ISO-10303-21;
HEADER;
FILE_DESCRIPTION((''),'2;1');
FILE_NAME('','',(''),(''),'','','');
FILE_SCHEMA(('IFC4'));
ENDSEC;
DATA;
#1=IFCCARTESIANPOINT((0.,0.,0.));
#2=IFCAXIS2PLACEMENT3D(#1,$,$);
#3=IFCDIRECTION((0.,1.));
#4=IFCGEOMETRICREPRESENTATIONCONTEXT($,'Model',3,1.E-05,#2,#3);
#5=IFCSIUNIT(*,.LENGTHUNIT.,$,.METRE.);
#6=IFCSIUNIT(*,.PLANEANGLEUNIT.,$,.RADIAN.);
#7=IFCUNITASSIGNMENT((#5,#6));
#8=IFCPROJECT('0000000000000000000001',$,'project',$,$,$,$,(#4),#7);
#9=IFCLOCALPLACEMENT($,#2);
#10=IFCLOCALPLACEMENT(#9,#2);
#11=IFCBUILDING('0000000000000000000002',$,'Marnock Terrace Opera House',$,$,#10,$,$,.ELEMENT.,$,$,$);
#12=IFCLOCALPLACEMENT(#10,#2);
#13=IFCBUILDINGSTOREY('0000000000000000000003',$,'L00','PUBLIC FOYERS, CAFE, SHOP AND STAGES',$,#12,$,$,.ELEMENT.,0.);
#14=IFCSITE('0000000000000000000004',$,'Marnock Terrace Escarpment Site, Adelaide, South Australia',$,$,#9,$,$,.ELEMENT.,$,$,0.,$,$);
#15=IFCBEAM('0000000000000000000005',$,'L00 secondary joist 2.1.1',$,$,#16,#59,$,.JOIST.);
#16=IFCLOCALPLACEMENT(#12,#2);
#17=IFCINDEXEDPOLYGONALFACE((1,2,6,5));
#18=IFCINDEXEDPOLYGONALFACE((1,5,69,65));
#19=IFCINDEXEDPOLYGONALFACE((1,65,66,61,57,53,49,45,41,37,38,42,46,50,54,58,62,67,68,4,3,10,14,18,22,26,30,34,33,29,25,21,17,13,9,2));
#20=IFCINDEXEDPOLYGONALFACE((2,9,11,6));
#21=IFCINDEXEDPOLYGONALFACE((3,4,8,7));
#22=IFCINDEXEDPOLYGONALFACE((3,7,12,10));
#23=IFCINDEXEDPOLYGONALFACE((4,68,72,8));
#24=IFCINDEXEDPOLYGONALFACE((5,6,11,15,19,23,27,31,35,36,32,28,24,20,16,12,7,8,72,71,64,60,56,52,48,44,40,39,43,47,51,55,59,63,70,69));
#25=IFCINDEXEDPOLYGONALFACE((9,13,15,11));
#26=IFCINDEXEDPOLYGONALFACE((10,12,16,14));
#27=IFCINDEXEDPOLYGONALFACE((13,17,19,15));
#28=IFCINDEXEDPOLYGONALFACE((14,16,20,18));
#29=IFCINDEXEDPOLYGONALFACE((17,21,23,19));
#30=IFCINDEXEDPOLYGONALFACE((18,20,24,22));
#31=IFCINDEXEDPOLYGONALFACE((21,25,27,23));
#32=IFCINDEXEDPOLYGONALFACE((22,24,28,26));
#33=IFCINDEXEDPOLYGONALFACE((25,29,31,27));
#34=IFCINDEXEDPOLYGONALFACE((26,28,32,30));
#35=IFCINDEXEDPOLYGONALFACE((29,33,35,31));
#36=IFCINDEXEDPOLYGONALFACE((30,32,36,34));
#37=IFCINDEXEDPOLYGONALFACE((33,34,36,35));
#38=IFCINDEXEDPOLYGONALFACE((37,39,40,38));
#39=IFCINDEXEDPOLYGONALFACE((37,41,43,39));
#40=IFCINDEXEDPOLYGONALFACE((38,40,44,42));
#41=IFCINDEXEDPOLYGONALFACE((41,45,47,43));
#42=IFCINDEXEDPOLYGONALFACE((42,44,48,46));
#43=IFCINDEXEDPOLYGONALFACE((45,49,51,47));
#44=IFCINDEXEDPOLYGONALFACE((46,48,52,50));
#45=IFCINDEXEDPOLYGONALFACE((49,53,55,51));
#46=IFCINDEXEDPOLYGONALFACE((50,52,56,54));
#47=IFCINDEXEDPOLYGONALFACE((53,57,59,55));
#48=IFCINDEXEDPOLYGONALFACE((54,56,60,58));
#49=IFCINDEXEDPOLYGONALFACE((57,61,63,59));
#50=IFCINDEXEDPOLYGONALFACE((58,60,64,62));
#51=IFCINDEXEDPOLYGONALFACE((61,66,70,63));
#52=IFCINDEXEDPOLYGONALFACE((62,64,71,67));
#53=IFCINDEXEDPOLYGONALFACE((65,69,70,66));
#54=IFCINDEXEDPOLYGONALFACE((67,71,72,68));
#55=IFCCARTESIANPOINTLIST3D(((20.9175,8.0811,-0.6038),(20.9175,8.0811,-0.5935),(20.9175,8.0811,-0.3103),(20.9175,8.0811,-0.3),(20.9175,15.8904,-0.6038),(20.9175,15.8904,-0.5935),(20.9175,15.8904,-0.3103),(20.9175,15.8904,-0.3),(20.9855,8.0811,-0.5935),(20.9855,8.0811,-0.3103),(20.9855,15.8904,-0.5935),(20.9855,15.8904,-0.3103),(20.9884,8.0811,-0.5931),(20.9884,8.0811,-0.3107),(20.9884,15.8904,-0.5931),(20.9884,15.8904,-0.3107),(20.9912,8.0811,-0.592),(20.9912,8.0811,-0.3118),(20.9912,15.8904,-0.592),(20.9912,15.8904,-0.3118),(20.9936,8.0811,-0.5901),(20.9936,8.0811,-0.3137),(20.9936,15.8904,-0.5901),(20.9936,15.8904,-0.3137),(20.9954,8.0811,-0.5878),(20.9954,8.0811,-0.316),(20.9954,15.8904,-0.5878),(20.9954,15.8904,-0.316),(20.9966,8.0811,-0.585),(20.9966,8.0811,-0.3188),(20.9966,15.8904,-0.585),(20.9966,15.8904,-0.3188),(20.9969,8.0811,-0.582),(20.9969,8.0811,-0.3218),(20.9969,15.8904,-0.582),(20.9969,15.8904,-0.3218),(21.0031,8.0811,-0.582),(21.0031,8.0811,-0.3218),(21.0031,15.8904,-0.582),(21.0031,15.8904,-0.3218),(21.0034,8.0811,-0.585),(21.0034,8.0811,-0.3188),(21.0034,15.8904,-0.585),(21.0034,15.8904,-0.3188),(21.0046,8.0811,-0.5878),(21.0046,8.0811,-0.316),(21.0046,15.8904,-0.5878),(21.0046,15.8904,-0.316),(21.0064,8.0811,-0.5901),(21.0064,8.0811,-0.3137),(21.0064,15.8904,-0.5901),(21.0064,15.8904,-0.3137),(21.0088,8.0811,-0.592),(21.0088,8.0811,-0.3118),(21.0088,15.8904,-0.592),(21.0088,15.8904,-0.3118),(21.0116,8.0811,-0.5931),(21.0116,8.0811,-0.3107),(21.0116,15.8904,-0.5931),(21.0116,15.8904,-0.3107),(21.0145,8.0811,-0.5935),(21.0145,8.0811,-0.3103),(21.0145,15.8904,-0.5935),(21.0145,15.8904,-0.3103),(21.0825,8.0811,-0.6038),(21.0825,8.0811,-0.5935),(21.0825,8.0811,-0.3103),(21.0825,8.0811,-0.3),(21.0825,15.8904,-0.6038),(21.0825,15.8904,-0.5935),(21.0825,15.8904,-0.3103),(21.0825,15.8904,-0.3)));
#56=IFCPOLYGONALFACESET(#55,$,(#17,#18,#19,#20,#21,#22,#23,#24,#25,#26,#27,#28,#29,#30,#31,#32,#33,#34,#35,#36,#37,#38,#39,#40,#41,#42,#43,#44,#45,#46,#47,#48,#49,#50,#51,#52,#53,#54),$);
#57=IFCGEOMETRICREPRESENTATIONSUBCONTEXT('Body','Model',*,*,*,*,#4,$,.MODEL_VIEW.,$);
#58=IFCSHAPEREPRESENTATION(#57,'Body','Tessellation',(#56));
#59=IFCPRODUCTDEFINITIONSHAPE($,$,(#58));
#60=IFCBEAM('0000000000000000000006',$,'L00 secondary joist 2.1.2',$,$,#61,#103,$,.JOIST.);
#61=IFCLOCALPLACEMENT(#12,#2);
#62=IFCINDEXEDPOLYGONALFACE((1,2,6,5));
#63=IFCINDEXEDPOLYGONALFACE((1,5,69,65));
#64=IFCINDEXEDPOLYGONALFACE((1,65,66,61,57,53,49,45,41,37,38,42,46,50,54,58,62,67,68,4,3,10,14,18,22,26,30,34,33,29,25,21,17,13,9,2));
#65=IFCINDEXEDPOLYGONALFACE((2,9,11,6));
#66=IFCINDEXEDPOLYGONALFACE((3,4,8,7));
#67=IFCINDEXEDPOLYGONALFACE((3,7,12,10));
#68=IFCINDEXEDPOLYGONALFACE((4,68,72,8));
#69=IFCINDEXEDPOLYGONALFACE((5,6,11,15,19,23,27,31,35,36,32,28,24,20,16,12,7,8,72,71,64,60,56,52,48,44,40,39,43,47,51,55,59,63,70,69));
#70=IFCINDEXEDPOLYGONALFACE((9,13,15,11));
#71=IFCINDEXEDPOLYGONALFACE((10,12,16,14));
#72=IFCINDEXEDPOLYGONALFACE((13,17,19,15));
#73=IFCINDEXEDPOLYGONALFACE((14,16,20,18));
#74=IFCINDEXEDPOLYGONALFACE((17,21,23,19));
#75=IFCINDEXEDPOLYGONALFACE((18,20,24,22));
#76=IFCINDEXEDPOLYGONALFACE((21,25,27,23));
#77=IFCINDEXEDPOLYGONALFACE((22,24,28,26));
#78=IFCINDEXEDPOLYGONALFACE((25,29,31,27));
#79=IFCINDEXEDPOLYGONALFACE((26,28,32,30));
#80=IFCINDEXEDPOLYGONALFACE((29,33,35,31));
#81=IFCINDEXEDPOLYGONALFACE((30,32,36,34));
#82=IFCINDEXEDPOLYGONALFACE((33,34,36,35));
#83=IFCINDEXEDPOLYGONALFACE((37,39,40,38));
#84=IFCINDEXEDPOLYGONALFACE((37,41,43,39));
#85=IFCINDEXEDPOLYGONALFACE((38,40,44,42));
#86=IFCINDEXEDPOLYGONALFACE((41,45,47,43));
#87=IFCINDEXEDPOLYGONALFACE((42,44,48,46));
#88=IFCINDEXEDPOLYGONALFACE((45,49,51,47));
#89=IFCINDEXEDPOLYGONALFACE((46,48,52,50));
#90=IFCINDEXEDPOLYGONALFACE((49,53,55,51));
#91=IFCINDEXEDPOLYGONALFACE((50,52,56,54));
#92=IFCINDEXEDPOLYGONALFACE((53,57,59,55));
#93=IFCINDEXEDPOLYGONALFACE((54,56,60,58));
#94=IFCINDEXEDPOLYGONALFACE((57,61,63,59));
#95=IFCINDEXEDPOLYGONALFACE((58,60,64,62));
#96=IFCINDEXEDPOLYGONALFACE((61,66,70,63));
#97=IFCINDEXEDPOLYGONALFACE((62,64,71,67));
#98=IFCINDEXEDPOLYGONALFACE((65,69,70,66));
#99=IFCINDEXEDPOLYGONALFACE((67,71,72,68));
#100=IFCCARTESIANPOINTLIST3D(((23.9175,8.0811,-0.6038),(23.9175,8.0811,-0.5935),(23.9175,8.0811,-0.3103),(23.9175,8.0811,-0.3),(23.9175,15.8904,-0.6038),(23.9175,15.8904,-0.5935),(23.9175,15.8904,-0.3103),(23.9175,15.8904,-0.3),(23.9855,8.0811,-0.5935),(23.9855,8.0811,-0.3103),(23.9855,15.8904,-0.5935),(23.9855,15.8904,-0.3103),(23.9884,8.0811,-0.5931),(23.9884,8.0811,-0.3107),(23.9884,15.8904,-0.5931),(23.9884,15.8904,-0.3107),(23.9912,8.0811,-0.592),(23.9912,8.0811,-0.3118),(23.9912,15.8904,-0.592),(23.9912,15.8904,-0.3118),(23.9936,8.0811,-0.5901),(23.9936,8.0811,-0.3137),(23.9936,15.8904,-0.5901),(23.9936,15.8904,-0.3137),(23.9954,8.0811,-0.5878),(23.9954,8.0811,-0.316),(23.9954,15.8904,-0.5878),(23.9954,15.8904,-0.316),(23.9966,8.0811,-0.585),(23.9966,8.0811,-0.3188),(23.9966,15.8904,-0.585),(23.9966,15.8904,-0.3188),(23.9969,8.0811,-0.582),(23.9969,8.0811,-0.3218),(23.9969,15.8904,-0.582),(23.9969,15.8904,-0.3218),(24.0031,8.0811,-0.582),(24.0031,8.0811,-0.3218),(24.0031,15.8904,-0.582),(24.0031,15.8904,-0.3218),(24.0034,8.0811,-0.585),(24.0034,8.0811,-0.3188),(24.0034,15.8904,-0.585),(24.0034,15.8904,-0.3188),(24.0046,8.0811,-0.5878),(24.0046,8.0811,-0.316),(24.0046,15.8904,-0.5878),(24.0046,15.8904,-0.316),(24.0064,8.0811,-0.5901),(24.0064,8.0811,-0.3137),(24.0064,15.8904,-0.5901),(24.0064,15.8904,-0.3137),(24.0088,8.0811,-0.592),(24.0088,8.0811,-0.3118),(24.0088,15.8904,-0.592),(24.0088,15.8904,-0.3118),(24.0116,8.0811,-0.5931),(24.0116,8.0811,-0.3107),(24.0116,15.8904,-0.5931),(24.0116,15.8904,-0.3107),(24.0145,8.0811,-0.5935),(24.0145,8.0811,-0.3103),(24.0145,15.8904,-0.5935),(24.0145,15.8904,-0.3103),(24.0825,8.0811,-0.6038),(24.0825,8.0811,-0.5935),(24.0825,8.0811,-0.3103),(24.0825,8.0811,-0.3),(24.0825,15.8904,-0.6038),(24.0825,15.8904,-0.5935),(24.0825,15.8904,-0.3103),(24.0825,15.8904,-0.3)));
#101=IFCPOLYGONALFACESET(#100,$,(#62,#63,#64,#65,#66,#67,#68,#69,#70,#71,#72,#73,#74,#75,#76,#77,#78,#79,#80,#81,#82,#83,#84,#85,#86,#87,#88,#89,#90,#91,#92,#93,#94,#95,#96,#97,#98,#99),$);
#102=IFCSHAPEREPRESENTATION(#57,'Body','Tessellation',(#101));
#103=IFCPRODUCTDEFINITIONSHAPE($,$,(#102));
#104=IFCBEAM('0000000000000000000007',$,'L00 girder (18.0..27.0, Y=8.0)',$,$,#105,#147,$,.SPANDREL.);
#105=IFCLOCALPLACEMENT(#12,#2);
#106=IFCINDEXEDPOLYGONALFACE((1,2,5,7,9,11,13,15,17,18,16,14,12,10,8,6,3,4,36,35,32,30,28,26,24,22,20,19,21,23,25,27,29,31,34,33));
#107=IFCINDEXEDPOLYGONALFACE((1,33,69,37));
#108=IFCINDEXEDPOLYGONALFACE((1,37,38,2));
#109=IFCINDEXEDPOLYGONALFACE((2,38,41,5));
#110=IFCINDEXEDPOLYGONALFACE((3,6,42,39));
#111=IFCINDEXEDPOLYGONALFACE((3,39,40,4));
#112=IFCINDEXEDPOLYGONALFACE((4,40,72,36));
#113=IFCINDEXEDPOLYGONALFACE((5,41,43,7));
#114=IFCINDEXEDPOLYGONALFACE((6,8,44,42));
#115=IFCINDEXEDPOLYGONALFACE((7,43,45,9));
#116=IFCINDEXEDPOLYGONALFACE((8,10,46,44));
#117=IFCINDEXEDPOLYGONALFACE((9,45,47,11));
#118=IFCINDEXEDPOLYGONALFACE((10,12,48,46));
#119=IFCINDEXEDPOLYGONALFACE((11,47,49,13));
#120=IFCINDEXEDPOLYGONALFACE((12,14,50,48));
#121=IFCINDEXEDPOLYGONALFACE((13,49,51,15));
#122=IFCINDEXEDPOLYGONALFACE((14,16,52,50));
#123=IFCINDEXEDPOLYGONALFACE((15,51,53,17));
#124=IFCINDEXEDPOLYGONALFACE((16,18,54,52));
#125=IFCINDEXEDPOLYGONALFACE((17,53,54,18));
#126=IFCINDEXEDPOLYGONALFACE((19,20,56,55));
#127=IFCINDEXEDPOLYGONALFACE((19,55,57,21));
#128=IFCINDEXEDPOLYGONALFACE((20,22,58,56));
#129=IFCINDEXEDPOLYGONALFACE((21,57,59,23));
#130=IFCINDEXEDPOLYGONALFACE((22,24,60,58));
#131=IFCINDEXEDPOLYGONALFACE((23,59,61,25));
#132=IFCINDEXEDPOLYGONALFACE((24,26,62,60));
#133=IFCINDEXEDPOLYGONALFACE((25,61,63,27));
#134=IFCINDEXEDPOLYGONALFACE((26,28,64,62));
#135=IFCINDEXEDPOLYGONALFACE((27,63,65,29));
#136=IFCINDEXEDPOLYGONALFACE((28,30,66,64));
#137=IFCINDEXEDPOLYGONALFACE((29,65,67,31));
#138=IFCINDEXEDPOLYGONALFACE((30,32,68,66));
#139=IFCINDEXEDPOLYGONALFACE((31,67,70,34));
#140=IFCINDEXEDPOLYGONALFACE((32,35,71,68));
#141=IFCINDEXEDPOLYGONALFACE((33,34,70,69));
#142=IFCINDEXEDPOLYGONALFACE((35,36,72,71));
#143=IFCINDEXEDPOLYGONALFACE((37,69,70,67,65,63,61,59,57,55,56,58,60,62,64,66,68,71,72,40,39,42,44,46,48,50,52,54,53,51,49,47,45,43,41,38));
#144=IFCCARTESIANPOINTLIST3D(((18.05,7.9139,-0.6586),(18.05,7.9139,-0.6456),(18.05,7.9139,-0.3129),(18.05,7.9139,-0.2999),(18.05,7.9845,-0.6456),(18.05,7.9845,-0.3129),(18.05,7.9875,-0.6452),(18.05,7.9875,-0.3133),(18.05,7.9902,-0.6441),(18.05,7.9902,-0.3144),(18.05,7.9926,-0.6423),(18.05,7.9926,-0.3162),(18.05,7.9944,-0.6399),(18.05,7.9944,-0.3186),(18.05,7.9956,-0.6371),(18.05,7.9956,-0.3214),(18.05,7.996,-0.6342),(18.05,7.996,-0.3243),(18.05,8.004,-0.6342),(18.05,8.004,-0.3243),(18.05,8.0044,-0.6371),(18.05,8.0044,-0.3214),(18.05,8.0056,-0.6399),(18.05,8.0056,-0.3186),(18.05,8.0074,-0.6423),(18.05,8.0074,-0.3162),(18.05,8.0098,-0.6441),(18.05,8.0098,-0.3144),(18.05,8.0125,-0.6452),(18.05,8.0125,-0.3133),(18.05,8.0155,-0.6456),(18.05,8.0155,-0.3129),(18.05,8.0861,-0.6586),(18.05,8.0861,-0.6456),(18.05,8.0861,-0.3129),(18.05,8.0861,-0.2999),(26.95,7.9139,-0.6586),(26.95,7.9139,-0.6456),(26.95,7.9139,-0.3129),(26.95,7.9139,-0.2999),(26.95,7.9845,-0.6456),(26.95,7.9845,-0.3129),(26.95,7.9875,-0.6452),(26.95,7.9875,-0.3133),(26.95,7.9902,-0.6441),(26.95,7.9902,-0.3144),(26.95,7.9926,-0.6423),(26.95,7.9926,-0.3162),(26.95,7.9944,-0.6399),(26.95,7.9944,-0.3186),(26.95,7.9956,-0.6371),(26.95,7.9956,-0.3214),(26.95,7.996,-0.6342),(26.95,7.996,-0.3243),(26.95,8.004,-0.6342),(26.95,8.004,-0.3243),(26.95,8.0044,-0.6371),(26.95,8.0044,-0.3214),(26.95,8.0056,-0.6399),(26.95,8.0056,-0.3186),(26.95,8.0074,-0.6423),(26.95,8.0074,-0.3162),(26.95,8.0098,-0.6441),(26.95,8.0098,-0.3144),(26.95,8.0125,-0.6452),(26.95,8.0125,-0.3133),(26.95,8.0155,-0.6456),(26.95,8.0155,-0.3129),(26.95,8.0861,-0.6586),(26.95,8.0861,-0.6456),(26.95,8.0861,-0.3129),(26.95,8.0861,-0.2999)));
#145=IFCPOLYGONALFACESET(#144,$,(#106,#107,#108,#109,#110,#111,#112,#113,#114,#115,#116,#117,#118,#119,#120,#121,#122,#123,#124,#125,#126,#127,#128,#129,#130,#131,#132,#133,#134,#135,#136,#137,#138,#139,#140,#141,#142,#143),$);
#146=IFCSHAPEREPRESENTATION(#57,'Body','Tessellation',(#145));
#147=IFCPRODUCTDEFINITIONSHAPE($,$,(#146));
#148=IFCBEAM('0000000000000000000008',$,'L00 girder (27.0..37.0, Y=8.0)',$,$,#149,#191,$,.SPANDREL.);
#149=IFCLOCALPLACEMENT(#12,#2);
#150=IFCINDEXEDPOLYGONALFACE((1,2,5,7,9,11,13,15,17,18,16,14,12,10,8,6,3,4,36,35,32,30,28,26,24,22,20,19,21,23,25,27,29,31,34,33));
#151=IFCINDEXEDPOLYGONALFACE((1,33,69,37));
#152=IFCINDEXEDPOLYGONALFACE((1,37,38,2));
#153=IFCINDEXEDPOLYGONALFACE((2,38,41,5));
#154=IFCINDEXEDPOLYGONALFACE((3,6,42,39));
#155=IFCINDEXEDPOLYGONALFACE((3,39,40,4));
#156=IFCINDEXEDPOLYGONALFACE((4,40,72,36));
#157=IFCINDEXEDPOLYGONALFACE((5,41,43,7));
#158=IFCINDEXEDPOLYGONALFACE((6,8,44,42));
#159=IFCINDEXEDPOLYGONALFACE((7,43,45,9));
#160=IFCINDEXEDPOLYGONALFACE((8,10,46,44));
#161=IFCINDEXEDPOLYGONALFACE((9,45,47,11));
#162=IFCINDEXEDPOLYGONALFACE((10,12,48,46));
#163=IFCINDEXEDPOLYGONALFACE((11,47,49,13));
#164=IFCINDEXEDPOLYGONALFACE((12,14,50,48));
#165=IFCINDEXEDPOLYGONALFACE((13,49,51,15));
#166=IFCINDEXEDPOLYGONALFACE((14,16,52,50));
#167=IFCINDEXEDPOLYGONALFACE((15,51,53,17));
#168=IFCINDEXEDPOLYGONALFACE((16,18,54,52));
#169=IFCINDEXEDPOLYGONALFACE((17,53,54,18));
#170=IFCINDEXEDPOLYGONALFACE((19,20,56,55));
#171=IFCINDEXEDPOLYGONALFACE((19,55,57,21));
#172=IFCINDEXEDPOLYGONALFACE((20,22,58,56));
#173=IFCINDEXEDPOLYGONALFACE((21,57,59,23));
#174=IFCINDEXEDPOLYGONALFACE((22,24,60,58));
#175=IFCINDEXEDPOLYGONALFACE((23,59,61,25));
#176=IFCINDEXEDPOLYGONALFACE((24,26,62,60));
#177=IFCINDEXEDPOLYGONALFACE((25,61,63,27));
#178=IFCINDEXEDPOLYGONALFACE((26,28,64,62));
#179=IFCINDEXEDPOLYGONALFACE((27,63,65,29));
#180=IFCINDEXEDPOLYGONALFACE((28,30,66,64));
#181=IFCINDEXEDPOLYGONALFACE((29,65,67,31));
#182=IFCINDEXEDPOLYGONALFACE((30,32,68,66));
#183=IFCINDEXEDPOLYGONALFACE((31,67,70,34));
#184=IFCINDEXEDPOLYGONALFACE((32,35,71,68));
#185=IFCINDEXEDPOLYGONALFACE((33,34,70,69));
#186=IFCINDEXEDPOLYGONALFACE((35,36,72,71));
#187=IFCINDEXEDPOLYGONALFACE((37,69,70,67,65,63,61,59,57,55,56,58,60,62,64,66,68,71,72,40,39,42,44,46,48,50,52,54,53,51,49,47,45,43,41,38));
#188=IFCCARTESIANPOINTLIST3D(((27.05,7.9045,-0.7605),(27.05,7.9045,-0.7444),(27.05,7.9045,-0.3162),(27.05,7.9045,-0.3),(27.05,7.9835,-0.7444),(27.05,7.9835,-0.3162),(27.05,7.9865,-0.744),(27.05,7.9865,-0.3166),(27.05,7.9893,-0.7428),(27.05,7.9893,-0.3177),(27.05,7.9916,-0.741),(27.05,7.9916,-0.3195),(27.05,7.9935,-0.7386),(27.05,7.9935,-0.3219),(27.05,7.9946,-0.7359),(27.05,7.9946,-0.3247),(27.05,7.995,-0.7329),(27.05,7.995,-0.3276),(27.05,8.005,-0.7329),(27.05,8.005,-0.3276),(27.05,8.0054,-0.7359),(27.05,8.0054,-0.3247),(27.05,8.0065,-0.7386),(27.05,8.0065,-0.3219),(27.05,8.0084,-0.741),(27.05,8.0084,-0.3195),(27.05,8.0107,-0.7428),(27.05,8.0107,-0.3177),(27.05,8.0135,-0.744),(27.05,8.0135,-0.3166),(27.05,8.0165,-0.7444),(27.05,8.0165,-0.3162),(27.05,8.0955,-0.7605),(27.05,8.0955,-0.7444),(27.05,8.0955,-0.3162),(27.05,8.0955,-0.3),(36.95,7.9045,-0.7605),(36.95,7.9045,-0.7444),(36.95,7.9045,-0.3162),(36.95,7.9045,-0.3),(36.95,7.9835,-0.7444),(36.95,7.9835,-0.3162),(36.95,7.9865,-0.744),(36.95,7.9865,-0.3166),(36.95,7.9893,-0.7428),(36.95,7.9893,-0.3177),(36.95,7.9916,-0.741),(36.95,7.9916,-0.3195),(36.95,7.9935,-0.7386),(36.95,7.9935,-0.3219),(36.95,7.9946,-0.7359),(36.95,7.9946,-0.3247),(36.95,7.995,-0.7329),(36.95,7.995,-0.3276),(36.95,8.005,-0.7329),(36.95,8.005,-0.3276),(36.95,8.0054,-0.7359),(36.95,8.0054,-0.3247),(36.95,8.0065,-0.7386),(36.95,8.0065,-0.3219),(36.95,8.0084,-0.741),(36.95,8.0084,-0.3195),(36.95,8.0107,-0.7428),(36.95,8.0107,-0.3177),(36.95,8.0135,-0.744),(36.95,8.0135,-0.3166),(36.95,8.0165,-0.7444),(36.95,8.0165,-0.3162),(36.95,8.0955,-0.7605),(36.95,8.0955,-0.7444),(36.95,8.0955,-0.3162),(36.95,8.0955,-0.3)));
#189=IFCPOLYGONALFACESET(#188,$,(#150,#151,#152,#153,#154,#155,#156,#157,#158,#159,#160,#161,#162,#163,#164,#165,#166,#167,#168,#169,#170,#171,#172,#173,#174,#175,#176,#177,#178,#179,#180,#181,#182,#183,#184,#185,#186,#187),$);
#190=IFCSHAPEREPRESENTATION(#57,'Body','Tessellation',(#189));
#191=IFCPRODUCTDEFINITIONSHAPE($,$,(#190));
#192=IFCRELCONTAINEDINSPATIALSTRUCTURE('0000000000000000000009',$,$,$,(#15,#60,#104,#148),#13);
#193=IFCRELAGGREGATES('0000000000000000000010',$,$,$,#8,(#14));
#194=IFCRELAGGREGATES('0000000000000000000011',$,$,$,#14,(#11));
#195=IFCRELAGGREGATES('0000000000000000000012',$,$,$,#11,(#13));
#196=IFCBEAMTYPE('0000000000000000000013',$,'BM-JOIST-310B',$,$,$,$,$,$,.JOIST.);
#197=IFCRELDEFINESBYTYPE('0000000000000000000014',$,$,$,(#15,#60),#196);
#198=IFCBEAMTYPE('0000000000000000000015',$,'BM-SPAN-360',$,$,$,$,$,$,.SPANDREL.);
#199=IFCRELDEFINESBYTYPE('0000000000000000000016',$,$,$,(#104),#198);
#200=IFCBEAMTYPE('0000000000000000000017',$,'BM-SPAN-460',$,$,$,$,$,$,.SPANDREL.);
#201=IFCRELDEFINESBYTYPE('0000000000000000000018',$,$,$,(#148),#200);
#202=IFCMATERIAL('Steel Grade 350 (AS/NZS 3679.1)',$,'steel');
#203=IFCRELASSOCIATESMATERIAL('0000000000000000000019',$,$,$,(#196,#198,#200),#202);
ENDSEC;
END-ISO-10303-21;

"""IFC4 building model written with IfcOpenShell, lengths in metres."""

from ifc_helpers import new_model, si_unit, direction, frame, origin, origin_2d, place, context, subcontext, project, spatial, i_section, extrude, material, material_profile, profile_set, type_object, element, save


model = new_model("IFC4")

# Units and contexts
model_context = context("Model", 3, precision=1e-05, world=origin(), true_north=direction((0.0, 1.0)))
body_context = subcontext(model_context, "Body", "Model", "MODEL_VIEW")
ifc_project = project(units=[si_unit("LENGTHUNIT", "METRE"), si_unit("PLANEANGLEUNIT", "RADIAN")], contexts=[model_context])

# Site, building, storey
site_placement = place(None, origin())
site = spatial("IfcSite", under=ifc_project, at=site_placement, Name="Marnock Terrace Escarpment Site, Adelaide, South Australia", CompositionType="ELEMENT", RefElevation=0.0)
building_placement = place(site_placement, origin())
building = spatial("IfcBuilding", under=site, at=building_placement, Name="Marnock Terrace Opera House", CompositionType="ELEMENT")
storey_placement = place(building_placement, origin())
storey = spatial("IfcBuildingStorey", under=building, at=storey_placement, Name="L00", Description="PUBLIC FOYERS, CAFE, SHOP AND STAGES", CompositionType="ELEMENT", Elevation=0.0)

# Shared definitions
ifc_material_1 = material(Name="Steel Grade 350 (AS/NZS 3679.1)", Category="steel")

# Beams
ifc_material_profile_1 = material_profile(ifc_material_1, i_section(OverallWidth=0.165, OverallDepth=0.3037, WebThickness=0.0061, FlangeThickness=0.0103, FilletRadius=0.0115, at=origin_2d()))
ifc_profile_set_1 = profile_set([ifc_material_profile_1], Name="Steel Grade 350 (AS/NZS 3679.1)")
beam_type_1 = type_object("IfcBeamType", Name="BM-JOIST-310B", PredefinedType="JOIST", material=ifc_profile_set_1)
for number, where, z_axis, x_axis, name in (
    (1, (21.0, 8.0811, -0.4519), (0.0, 1.0, 0.0), (-1.0, 0.0, 0.0), "L00 secondary joist 2.1.1"),
    (2, (24.0, 8.0811, -0.4519), (0.0, 1.0, 0.0), (-1.0, 0.0, 0.0), "L00 secondary joist 2.1.2"),
):
    element("IfcBeam", number, at=place(storey_placement, frame(where, z_axis=z_axis, x_axis=x_axis)), inside=storey, type_object=beam_type_1, Name=name, PredefinedType="JOIST", context=body_context, shape_type="SweptSolid", body=[
        extrude(i_section(OverallWidth=0.165, OverallDepth=0.3037, WebThickness=0.0061, FlangeThickness=0.0103, FilletRadius=0.0115, at=origin_2d()), origin(), (0.0, 0.0, 1.0), 7.8093),
    ])
ifc_material_profile_2 = material_profile(ifc_material_1, i_section(OverallWidth=0.1721, OverallDepth=0.3586, WebThickness=0.0081, FlangeThickness=0.0129, FilletRadius=0.0115, at=origin_2d()))
ifc_profile_set_2 = profile_set([ifc_material_profile_2], Name="Steel Grade 350 (AS/NZS 3679.1)")
beam_type_2 = type_object("IfcBeamType", Name="BM-SPAN-360", PredefinedType="SPANDREL", material=ifc_profile_set_2)
beam_1_placement = place(storey_placement, frame((18.05, 8.0, -0.4792), z_axis=(1.0, 0.0, 0.0), x_axis=(0.0, 1.0, 0.0)))
element("IfcBeam", 3, at=beam_1_placement, inside=storey, type_object=beam_type_2, Name="L00 girder (18.0..27.0, Y=8.0)", PredefinedType="SPANDREL", context=body_context, shape_type="SweptSolid", body=[
    extrude(i_section(OverallWidth=0.1721, OverallDepth=0.3586, WebThickness=0.0081, FlangeThickness=0.0129, FilletRadius=0.0115, at=origin_2d()), origin(), (0.0, 0.0, 1.0), 8.8999),
])
ifc_material_profile_3 = material_profile(ifc_material_1, i_section(OverallWidth=0.1909, OverallDepth=0.4604, WebThickness=0.01, FlangeThickness=0.0161, FilletRadius=0.0115, at=origin_2d()))
ifc_profile_set_3 = profile_set([ifc_material_profile_3], Name="Steel Grade 350 (AS/NZS 3679.1)")
beam_type_3 = type_object("IfcBeamType", Name="BM-SPAN-460", PredefinedType="SPANDREL", material=ifc_profile_set_3)
beam_2_placement = place(storey_placement, frame((27.05, 8.0, -0.5303), z_axis=(1.0, 0.0, 0.0), x_axis=(0.0, 1.0, 0.0)))
element("IfcBeam", 4, at=beam_2_placement, inside=storey, type_object=beam_type_3, Name="L00 girder (27.0..37.0, Y=8.0)", PredefinedType="SPANDREL", context=body_context, shape_type="SweptSolid", body=[
    extrude(i_section(OverallWidth=0.1909, OverallDepth=0.4604, WebThickness=0.01, FlangeThickness=0.0161, FilletRadius=0.0115, at=origin_2d()), origin(), (0.0, 0.0, 1.0), 9.8999),
])

save(model, "model.ifc")
